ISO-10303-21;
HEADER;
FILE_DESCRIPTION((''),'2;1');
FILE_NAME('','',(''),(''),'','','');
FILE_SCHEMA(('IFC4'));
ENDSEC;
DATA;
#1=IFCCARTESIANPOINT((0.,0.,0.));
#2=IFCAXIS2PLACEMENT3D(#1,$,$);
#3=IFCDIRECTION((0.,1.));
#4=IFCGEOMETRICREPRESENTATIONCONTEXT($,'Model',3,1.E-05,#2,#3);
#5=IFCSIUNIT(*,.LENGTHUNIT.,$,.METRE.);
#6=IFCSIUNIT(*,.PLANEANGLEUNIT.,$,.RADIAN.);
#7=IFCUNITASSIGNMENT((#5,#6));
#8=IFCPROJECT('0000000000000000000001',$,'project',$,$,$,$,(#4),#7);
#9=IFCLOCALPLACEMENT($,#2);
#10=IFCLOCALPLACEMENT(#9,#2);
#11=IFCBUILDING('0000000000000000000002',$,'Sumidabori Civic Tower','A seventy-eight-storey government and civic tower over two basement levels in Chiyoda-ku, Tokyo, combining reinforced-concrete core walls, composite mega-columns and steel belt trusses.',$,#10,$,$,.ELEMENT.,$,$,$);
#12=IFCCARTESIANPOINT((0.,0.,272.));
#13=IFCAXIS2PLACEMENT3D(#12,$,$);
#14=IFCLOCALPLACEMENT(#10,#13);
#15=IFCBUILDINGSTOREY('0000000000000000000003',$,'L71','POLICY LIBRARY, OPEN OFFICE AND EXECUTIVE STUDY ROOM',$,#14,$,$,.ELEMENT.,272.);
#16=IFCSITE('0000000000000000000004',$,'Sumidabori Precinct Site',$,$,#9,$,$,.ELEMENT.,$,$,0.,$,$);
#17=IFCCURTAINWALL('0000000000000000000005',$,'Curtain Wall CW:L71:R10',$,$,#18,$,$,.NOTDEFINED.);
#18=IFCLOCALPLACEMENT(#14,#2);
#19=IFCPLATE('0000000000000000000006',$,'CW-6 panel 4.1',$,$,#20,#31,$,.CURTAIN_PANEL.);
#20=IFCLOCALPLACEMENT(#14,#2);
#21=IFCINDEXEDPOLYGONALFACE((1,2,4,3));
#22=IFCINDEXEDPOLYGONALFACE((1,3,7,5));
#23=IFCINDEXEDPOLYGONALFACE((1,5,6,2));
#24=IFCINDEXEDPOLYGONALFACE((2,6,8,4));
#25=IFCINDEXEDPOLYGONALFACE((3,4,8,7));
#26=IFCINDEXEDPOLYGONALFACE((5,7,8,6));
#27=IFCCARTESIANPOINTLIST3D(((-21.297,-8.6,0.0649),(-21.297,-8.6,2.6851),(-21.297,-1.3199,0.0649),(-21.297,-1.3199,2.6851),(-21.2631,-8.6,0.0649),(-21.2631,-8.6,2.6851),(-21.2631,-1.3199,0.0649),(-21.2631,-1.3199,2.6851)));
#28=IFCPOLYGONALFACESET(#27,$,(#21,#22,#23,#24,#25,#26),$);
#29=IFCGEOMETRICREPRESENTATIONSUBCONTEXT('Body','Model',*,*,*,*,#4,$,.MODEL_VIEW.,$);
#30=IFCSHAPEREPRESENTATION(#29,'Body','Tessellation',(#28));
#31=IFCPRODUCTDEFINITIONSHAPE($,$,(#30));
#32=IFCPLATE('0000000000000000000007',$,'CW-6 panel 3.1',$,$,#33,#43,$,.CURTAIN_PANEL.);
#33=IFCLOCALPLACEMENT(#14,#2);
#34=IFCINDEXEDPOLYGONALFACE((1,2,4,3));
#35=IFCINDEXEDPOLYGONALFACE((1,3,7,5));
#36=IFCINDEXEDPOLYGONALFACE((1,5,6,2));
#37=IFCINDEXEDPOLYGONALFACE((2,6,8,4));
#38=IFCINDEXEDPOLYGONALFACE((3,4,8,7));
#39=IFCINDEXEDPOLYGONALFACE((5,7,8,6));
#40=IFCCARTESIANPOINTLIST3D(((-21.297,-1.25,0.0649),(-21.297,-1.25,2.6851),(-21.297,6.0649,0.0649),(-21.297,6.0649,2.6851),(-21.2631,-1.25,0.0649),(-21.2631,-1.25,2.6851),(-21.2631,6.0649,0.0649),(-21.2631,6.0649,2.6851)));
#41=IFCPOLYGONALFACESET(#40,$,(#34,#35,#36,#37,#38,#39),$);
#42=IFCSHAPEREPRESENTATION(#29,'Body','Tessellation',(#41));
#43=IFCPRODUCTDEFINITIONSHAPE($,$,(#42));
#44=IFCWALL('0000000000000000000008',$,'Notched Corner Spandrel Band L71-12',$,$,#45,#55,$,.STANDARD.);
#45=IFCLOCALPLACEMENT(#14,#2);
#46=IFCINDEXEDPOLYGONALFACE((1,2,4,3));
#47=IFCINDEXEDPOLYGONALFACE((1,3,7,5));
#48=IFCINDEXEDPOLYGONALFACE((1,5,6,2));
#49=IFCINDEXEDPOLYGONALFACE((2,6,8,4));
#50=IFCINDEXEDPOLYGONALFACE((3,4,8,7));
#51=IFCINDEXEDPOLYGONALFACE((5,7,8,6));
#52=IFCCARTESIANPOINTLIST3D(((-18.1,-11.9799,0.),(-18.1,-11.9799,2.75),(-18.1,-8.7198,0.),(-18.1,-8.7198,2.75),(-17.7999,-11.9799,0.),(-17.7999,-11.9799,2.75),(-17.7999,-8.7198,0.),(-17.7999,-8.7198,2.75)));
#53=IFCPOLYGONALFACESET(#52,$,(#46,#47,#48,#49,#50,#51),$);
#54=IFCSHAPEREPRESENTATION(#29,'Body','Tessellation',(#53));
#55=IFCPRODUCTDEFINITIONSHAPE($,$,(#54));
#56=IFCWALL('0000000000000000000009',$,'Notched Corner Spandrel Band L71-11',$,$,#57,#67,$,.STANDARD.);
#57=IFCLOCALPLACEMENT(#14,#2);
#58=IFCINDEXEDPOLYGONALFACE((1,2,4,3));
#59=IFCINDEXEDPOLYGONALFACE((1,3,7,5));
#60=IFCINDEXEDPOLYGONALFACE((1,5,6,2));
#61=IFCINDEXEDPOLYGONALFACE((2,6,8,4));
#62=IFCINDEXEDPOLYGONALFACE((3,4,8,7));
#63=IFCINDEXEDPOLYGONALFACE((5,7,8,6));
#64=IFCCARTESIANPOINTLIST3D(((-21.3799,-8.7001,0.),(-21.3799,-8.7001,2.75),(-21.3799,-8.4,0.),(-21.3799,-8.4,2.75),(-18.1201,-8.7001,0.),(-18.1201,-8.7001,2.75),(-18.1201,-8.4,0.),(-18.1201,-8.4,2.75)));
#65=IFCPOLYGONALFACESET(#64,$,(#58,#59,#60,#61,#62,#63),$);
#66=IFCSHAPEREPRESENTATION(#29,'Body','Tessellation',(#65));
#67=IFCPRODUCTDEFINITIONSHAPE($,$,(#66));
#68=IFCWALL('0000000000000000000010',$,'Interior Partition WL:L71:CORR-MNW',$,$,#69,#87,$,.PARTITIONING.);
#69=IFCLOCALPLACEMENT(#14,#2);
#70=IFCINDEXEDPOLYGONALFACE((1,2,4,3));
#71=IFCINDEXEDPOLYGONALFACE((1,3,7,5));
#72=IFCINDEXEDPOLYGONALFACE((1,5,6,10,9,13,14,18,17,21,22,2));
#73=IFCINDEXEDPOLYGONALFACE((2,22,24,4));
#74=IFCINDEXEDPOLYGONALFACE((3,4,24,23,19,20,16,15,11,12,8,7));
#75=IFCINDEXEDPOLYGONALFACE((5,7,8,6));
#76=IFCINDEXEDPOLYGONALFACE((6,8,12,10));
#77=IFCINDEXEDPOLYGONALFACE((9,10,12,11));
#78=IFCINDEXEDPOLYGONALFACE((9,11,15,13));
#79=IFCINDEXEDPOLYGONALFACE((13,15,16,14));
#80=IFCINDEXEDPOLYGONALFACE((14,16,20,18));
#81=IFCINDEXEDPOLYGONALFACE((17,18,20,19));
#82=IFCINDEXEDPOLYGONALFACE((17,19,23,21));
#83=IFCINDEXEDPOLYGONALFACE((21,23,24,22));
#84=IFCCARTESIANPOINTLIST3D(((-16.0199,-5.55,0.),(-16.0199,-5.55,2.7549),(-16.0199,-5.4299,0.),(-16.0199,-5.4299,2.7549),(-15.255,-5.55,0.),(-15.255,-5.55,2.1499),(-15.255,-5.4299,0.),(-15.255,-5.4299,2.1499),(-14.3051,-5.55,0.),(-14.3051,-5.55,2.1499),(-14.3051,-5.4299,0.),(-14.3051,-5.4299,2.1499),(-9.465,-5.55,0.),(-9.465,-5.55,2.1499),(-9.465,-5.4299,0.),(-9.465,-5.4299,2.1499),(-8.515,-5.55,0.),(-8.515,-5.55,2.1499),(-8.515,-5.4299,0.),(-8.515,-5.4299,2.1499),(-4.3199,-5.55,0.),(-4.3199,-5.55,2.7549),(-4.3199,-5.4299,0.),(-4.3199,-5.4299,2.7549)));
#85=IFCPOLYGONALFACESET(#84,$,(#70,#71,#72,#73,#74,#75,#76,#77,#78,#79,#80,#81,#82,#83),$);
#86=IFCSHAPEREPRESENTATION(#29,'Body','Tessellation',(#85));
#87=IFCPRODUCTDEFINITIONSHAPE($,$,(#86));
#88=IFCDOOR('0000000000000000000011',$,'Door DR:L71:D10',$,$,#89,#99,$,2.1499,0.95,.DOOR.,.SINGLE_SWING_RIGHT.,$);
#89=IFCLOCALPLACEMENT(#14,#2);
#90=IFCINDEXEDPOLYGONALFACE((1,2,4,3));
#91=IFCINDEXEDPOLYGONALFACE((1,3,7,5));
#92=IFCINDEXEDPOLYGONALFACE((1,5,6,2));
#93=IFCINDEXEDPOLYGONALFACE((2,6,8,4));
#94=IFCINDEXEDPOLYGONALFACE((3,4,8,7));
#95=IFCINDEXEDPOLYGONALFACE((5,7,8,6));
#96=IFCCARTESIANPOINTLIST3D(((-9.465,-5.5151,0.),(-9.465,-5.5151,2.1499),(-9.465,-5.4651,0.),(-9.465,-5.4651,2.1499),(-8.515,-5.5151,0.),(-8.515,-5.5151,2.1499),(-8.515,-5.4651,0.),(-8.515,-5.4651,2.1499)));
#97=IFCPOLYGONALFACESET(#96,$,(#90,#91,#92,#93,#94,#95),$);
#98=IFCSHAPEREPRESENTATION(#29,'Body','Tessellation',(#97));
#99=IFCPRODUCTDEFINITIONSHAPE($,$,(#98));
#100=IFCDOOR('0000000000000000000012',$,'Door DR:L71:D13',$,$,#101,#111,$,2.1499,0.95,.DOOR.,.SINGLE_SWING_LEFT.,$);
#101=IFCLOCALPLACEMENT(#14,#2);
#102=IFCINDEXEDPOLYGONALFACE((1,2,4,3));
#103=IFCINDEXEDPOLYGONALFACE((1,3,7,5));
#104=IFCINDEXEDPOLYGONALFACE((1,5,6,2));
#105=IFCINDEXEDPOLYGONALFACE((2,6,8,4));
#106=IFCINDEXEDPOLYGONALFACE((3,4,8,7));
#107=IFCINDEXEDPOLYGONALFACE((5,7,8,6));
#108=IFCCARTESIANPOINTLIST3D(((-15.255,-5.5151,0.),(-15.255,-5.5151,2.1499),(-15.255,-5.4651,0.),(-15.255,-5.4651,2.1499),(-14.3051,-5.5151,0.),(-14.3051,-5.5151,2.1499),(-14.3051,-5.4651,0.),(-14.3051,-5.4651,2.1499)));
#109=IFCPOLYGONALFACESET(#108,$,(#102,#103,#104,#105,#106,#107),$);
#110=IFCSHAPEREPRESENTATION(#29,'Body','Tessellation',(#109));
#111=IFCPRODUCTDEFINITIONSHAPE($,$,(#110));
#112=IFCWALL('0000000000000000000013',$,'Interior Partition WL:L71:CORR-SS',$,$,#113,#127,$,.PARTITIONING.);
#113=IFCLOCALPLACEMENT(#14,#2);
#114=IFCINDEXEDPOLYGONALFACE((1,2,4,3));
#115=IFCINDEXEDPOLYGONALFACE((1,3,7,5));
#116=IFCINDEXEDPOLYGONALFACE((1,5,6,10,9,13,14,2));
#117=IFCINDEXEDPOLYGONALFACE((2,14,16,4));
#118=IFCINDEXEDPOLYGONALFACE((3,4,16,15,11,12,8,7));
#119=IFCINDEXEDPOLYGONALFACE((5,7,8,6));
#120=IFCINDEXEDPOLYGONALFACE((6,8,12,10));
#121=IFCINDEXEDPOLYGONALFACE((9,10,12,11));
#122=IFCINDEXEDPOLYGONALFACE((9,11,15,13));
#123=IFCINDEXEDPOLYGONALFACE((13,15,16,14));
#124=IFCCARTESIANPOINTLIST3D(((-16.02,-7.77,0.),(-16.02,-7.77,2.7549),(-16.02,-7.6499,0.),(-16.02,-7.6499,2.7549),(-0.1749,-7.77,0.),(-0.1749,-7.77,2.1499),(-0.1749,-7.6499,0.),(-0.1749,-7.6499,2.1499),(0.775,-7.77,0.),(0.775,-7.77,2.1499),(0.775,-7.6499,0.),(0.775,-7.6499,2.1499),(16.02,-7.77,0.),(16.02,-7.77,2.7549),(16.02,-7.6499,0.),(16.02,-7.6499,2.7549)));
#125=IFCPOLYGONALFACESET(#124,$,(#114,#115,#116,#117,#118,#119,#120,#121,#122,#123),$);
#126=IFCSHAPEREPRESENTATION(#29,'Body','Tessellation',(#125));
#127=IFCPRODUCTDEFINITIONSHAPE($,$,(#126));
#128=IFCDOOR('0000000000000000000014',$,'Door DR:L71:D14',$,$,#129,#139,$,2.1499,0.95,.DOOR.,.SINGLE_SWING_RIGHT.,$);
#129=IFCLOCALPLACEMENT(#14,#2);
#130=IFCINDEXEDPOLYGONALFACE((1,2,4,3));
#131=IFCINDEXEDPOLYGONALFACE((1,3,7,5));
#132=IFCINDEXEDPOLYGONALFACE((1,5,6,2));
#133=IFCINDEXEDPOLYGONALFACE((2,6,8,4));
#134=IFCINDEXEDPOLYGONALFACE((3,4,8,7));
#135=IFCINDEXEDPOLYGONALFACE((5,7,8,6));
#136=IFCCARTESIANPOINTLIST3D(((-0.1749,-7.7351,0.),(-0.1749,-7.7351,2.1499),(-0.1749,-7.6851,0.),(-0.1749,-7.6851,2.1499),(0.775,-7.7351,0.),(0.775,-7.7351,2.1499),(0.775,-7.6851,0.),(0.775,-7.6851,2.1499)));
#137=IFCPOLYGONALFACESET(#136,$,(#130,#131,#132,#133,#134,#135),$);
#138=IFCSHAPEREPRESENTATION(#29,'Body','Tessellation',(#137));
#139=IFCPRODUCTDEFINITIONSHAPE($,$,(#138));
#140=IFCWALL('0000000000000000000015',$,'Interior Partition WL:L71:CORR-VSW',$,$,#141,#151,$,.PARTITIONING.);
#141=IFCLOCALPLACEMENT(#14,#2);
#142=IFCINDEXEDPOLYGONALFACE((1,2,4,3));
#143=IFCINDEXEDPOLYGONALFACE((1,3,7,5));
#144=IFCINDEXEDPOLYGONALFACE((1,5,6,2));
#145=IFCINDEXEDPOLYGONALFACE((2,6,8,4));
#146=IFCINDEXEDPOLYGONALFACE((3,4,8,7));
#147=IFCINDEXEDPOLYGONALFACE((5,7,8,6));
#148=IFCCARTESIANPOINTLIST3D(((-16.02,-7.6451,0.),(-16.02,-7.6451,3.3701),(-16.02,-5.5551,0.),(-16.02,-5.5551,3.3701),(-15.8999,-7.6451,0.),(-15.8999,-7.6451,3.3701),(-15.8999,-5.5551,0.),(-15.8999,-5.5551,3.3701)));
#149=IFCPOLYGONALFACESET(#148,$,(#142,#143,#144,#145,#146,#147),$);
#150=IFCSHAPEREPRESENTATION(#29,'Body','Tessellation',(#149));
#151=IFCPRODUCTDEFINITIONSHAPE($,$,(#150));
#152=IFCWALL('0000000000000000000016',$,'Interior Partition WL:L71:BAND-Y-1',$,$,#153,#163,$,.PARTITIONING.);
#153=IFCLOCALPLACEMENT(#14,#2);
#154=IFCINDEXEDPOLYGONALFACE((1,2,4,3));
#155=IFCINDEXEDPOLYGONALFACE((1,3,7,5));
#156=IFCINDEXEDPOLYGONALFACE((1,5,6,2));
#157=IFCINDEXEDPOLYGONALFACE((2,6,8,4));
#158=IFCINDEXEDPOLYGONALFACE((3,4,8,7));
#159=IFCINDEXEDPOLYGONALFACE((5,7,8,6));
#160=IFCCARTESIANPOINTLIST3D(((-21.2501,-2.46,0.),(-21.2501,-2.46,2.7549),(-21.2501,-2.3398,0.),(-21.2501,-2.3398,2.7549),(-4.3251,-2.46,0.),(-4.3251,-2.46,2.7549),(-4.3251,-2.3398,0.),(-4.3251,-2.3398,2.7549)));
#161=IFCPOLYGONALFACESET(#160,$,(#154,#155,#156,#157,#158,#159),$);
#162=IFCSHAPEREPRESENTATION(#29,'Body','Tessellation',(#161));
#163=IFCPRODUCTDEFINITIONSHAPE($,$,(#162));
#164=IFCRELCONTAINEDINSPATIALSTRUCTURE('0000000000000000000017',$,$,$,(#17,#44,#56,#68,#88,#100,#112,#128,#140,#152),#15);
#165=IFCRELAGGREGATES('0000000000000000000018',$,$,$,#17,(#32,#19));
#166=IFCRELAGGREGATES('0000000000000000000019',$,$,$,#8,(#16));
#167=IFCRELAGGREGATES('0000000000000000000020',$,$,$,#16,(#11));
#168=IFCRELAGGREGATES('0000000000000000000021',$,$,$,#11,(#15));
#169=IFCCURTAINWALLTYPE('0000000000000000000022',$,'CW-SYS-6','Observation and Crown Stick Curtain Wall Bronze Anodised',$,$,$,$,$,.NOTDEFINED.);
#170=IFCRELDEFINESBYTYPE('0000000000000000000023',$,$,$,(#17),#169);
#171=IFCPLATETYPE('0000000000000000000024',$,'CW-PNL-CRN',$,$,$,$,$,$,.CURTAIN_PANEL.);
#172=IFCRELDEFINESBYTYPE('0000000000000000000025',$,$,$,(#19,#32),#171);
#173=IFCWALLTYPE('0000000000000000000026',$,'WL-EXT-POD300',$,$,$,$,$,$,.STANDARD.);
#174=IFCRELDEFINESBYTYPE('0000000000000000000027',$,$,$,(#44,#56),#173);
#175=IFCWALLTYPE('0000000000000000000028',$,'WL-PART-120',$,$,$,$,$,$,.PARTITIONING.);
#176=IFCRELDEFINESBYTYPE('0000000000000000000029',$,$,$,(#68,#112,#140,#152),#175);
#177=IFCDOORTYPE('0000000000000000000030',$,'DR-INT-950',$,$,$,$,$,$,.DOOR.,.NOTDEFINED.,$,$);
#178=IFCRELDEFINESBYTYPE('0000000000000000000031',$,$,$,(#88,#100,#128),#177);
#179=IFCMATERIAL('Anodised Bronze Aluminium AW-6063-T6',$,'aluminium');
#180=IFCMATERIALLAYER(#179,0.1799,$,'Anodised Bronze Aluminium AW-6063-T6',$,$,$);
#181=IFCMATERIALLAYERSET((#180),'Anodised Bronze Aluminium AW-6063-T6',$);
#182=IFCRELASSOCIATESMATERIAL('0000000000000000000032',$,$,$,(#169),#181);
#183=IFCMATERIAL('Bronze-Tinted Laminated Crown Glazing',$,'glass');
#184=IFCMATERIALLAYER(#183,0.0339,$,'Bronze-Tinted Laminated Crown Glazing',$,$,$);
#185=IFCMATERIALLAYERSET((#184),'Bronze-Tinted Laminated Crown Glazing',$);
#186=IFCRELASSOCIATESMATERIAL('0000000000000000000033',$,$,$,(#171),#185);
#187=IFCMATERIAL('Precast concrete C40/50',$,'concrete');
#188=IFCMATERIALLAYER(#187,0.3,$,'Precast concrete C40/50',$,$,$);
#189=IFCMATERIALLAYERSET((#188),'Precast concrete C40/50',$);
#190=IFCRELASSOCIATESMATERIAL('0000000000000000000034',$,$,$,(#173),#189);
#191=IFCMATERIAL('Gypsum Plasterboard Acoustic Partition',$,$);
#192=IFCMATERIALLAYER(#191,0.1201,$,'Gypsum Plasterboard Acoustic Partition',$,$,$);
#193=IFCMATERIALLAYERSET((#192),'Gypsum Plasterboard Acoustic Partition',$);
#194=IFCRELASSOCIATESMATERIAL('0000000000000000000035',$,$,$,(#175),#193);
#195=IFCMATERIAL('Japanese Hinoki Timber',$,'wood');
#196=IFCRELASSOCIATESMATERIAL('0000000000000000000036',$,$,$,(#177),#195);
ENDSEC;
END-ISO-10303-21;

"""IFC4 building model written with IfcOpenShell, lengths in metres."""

from ifc_helpers import new_model, si_unit, direction, frame, frame_2d, origin, origin_2d, place, context, subcontext, project, spatial, rectangle, extrude, source, transform, mapped, material, layer, layer_set, type_object, element, fill, aggregate, save


model = new_model("IFC4")

# Units and contexts
model_context = context("Model", 3, precision=1e-05, world=origin(), true_north=direction((0.0, 1.0)))
body_context = subcontext(model_context, "Body", "Model", "MODEL_VIEW")
ifc_project = project(units=[si_unit("LENGTHUNIT", "METRE"), si_unit("PLANEANGLEUNIT", "RADIAN")], contexts=[model_context])

# Site, building, storey
site_placement = place(None, origin())
site = spatial("IfcSite", under=ifc_project, at=site_placement, Name="Sumidabori Precinct Site", CompositionType="ELEMENT", RefElevation=0.0)
building_placement = place(site_placement, origin())
building = spatial("IfcBuilding", under=site, at=building_placement, Name="Sumidabori Civic Tower", Description="A seventy-eight-storey government and civic tower over two basement levels in Chiyoda-ku, Tokyo, combining reinforced-concrete core walls, composite mega-columns and steel belt trusses.", CompositionType="ELEMENT")
storey_placement = place(building_placement, frame((0.0, 0.0, 272.0)))
storey = spatial("IfcBuildingStorey", under=building, at=storey_placement, Name="L71", Description="POLICY LIBRARY, OPEN OFFICE AND EXECUTIVE STUDY ROOM", CompositionType="ELEMENT", Elevation=272.0)

# Shared definitions
ifc_material_1 = material(Name="Anodised Bronze Aluminium AW-6063-T6", Category="aluminium")
ifc_layer_1 = layer(ifc_material_1, 0.1799, Name="Anodised Bronze Aluminium AW-6063-T6")
ifc_layer_set_1 = layer_set([ifc_layer_1], Name="Anodised Bronze Aluminium AW-6063-T6")
curtain_wall_type = type_object("IfcCurtainWallType", Name="CW-SYS-6", Description="Observation and Crown Stick Curtain Wall Bronze Anodised", PredefinedType="NOTDEFINED", material=ifc_layer_set_1)

# Curtain wall
curtain_wall_1_placement = place(storey_placement, origin())
curtain_wall_1 = element("IfcCurtainWall", 1, at=curtain_wall_1_placement, inside=storey, type_object=curtain_wall_type, Name="Curtain Wall CW:L71:R10", PredefinedType="NOTDEFINED")

# Plates
ifc_material_2 = material(Name="Bronze-Tinted Laminated Crown Glazing", Category="glass")
ifc_layer_2 = layer(ifc_material_2, 0.0339, Name="Bronze-Tinted Laminated Crown Glazing")
ifc_layer_set_2 = layer_set([ifc_layer_2], Name="Bronze-Tinted Laminated Crown Glazing")
plate_type = type_object("IfcPlateType", Name="CW-PNL-CRN", PredefinedType="CURTAIN_PANEL", material=ifc_layer_set_2)
shared_shape_1 = source(origin(), body_context, "Body", "SweptSolid", [
    extrude(rectangle(XDim=7.28, YDim=0.0339, at=origin_2d()), origin(), (0.0, 0.0, 1.0), 2.6201),
])
plate_1_placement = place(storey_placement, frame((-21.28, -4.96, 0.0649), z_axis=(0.0, 0.0, 1.0), x_axis=(0.0, -1.0, 0.0)))
plate_1 = element("IfcPlate", 2, at=plate_1_placement, type_object=plate_type, Name="CW-6 panel 4.1", PredefinedType="CURTAIN_PANEL", context=body_context, shape_type="MappedRepresentation", body=[
    mapped(shared_shape_1, transform((0.0, 0.0, 0.0), x_axis=(1.0, 0.0, 0.0), y_axis=(0.0, 1.0, 0.0), z_axis=(0.0, 0.0, 1.0), scale=1.0)),
])
shared_shape_2 = source(origin(), body_context, "Body", "SweptSolid", [
    extrude(rectangle(XDim=7.3149, YDim=0.0339, at=origin_2d()), origin(), (0.0, 0.0, 1.0), 2.6201),
])
plate_2_placement = place(storey_placement, frame((-21.28, 2.4075, 0.0649), z_axis=(0.0, 0.0, 1.0), x_axis=(0.0, -1.0, 0.0)))
plate_2 = element("IfcPlate", 3, at=plate_2_placement, type_object=plate_type, Name="CW-6 panel 3.1", PredefinedType="CURTAIN_PANEL", context=body_context, shape_type="MappedRepresentation", body=[
    mapped(shared_shape_2, transform((0.0, 0.0, 0.0), x_axis=(1.0, 0.0, 0.0), y_axis=(0.0, 1.0, 0.0), z_axis=(0.0, 0.0, 1.0), scale=1.0)),
])
aggregate(curtain_wall_1, [plate_2, plate_1])

# Walls
ifc_material_3 = material(Name="Precast concrete C40/50", Category="concrete")
ifc_layer_3 = layer(ifc_material_3, 0.3, Name="Precast concrete C40/50")
ifc_layer_set_3 = layer_set([ifc_layer_3], Name="Precast concrete C40/50")
wall_type_1 = type_object("IfcWallType", Name="WL-EXT-POD300", PredefinedType="STANDARD", material=ifc_layer_set_3)
shared_shape_3 = source(origin(), body_context, "Body", "SweptSolid", [
    extrude(rectangle(XDim=3.26, YDim=0.3, at=frame_2d((1.6299, 0.0))), origin(), (0.0, 0.0, 1.0), 2.75),
])
wall_1_placement = place(storey_placement, frame((-17.95, -8.72, 0.0), z_axis=(0.0, 0.0, 1.0), x_axis=(0.0, -1.0, 0.0)))
element("IfcWall", 4, at=wall_1_placement, inside=storey, type_object=wall_type_1, Name="Notched Corner Spandrel Band L71-12", PredefinedType="STANDARD", context=body_context, shape_type="MappedRepresentation", body=[
    mapped(shared_shape_3, transform((0.0, 0.0, 0.0), x_axis=(1.0, 0.0, 0.0), y_axis=(0.0, 1.0, 0.0), z_axis=(0.0, 0.0, 1.0), scale=1.0)),
])
shared_shape_4 = source(origin(), body_context, "Body", "SweptSolid", [
    extrude(rectangle(XDim=3.2598, YDim=0.3, at=frame_2d((1.6299, 0.0))), origin(), (0.0, 0.0, 1.0), 2.75),
])
wall_2_placement = place(storey_placement, frame((-21.3799, -8.55, 0.0), z_axis=(0.0, 0.0, 1.0), x_axis=(1.0, 0.0, 0.0)))
element("IfcWall", 5, at=wall_2_placement, inside=storey, type_object=wall_type_1, Name="Notched Corner Spandrel Band L71-11", PredefinedType="STANDARD", context=body_context, shape_type="MappedRepresentation", body=[
    mapped(shared_shape_4, transform((0.0, 0.0, 0.0), x_axis=(1.0, 0.0, 0.0), y_axis=(0.0, 1.0, 0.0), z_axis=(0.0, 0.0, 1.0), scale=1.0)),
])

# Wall, openings, doors
ifc_material_4 = material(Name="Gypsum Plasterboard Acoustic Partition")
ifc_layer_4 = layer(ifc_material_4, 0.1201, Name="Gypsum Plasterboard Acoustic Partition")
ifc_layer_set_4 = layer_set([ifc_layer_4], Name="Gypsum Plasterboard Acoustic Partition")
wall_type_2 = type_object("IfcWallType", Name="WL-PART-120", PredefinedType="PARTITIONING", material=ifc_layer_set_4)
shared_shape_5 = source(origin(), body_context, "Body", "SweptSolid", [
    extrude(rectangle(XDim=11.7, YDim=0.1201, at=frame_2d((5.8501, 0.0))), origin(), (0.0, 0.0, 1.0), 2.7549),
])
wall_3_placement = place(storey_placement, frame((-16.02, -5.49, 0.0), z_axis=(0.0, 0.0, 1.0), x_axis=(1.0, 0.0, 0.0)))
wall_3 = element("IfcWall", 6, at=wall_3_placement, inside=storey, type_object=wall_type_2, Name="Interior Partition WL:L71:CORR-MNW", PredefinedType="PARTITIONING", context=body_context, shape_type="MappedRepresentation", body=[
    mapped(shared_shape_5, transform((0.0, 0.0, 0.0), x_axis=(1.0, 0.0, 0.0), y_axis=(0.0, 1.0, 0.0), z_axis=(0.0, 0.0, 1.0), scale=1.0)),
])
opening_1_placement = place(wall_3_placement, frame((6.5549, 0.0, 0.0)))
opening_1 = element("IfcOpeningElement", 7, at=opening_1_placement, cuts=wall_3, PredefinedType="OPENING", context=body_context, shape_type="SweptSolid", body=[
    extrude(rectangle(XDim=0.95, YDim=2.1499, at=frame_2d((0.4751, 1.075))), frame((0.0, 0.072, 0.0), z_axis=(0.0, -1.0, 0.0), x_axis=(1.0, 0.0, 0.0)), (0.0, 0.0, 1.0), 0.144),
])
opening_2_placement = place(wall_3_placement, frame((0.7649, 0.0, 0.0)))
opening_2 = element("IfcOpeningElement", 8, at=opening_2_placement, cuts=wall_3, PredefinedType="OPENING", context=body_context, shape_type="SweptSolid", body=[
    extrude(rectangle(XDim=0.95, YDim=2.1499, at=frame_2d((0.4751, 1.075))), frame((0.0, 0.072, 0.0), z_axis=(0.0, -1.0, 0.0), x_axis=(1.0, 0.0, 0.0)), (0.0, 0.0, 1.0), 0.144),
])
ifc_material_5 = material(Name="Japanese Hinoki Timber", Category="wood")
door_type = type_object("IfcDoorType", Name="DR-INT-950", OperationType="NOTDEFINED", PredefinedType="DOOR", material=ifc_material_5)
shared_shape_6 = source(origin(), body_context, "Body", "SweptSolid", [
    extrude(rectangle(XDim=0.95, YDim=2.1499, at=frame_2d((0.4751, 1.075))), frame((0.0, 0.0249, 0.0), z_axis=(0.0, -1.0, 0.0), x_axis=(1.0, 0.0, 0.0)), (0.0, 0.0, 1.0), 0.05),
])
door_1_placement = place(opening_1_placement, origin())
door_1 = element("IfcDoor", 9, at=door_1_placement, inside=storey, type_object=door_type, Name="Door DR:L71:D10", OperationType="SINGLE_SWING_RIGHT", OverallHeight=2.1499, OverallWidth=0.95, PredefinedType="DOOR", context=body_context, shape_type="MappedRepresentation", body=[
    mapped(shared_shape_6, transform((0.0, 0.0, 0.0), x_axis=(1.0, 0.0, 0.0), y_axis=(0.0, 1.0, 0.0), z_axis=(0.0, 0.0, 1.0), scale=1.0)),
])
fill(opening_1, door_1)
door_2_placement = place(opening_2_placement, origin())
door_2 = element("IfcDoor", 10, at=door_2_placement, inside=storey, type_object=door_type, Name="Door DR:L71:D13", OperationType="SINGLE_SWING_LEFT", OverallHeight=2.1499, OverallWidth=0.95, PredefinedType="DOOR", context=body_context, shape_type="MappedRepresentation", body=[
    mapped(shared_shape_6, transform((0.0, 0.0, 0.0), x_axis=(1.0, 0.0, 0.0), y_axis=(0.0, 1.0, 0.0), z_axis=(0.0, 0.0, 1.0), scale=1.0)),
])
fill(opening_2, door_2)

# Wall, opening, door
shared_shape_7 = source(origin(), body_context, "Body", "SweptSolid", [
    extrude(rectangle(XDim=32.04, YDim=0.1201, at=frame_2d((16.02, 0.0))), origin(), (0.0, 0.0, 1.0), 2.7549),
])
wall_4_placement = place(storey_placement, frame((-16.02, -7.71, 0.0), z_axis=(0.0, 0.0, 1.0), x_axis=(1.0, 0.0, 0.0)))
wall_4 = element("IfcWall", 11, at=wall_4_placement, inside=storey, type_object=wall_type_2, Name="Interior Partition WL:L71:CORR-SS", PredefinedType="PARTITIONING", context=body_context, shape_type="MappedRepresentation", body=[
    mapped(shared_shape_7, transform((0.0, 0.0, 0.0), x_axis=(1.0, 0.0, 0.0), y_axis=(0.0, 1.0, 0.0), z_axis=(0.0, 0.0, 1.0), scale=1.0)),
])
opening_3_placement = place(wall_4_placement, frame((15.845, 0.0, 0.0)))
opening_3 = element("IfcOpeningElement", 12, at=opening_3_placement, cuts=wall_4, PredefinedType="OPENING", context=body_context, shape_type="SweptSolid", body=[
    extrude(rectangle(XDim=0.95, YDim=2.1499, at=frame_2d((0.4751, 1.075))), frame((0.0, 0.072, 0.0), z_axis=(0.0, -1.0, 0.0), x_axis=(1.0, 0.0, 0.0)), (0.0, 0.0, 1.0), 0.144),
])
door_3_placement = place(opening_3_placement, origin())
door_3 = element("IfcDoor", 13, at=door_3_placement, inside=storey, type_object=door_type, Name="Door DR:L71:D14", OperationType="SINGLE_SWING_RIGHT", OverallHeight=2.1499, OverallWidth=0.95, PredefinedType="DOOR", context=body_context, shape_type="MappedRepresentation", body=[
    mapped(shared_shape_6, transform((0.0, 0.0, 0.0), x_axis=(1.0, 0.0, 0.0), y_axis=(0.0, 1.0, 0.0), z_axis=(0.0, 0.0, 1.0), scale=1.0)),
])
fill(opening_3, door_3)

# Walls
shared_shape_8 = source(origin(), body_context, "Body", "SweptSolid", [
    extrude(rectangle(XDim=2.0901, YDim=0.1201, at=frame_2d((1.0449, 0.0))), origin(), (0.0, 0.0, 1.0), 3.3701),
])
wall_5_placement = place(storey_placement, frame((-15.96, -7.645, 0.0), z_axis=(0.0, 0.0, 1.0), x_axis=(0.0, 1.0, 0.0)))
element("IfcWall", 14, at=wall_5_placement, inside=storey, type_object=wall_type_2, Name="Interior Partition WL:L71:CORR-VSW", PredefinedType="PARTITIONING", context=body_context, shape_type="MappedRepresentation", body=[
    mapped(shared_shape_8, transform((0.0, 0.0, 0.0), x_axis=(1.0, 0.0, 0.0), y_axis=(0.0, 1.0, 0.0), z_axis=(0.0, 0.0, 1.0), scale=1.0)),
])
shared_shape_9 = source(origin(), body_context, "Body", "SweptSolid", [
    extrude(rectangle(XDim=16.925, YDim=0.1201, at=frame_2d((8.4624, 0.0))), origin(), (0.0, 0.0, 1.0), 2.7549),
])
wall_6_placement = place(storey_placement, frame((-21.25, -2.3999, 0.0), z_axis=(0.0, 0.0, 1.0), x_axis=(1.0, 0.0, 0.0)))
element("IfcWall", 15, at=wall_6_placement, inside=storey, type_object=wall_type_2, Name="Interior Partition WL:L71:BAND-Y-1", PredefinedType="PARTITIONING", context=body_context, shape_type="MappedRepresentation", body=[
    mapped(shared_shape_9, transform((0.0, 0.0, 0.0), x_axis=(1.0, 0.0, 0.0), y_axis=(0.0, 1.0, 0.0), z_axis=(0.0, 0.0, 1.0), scale=1.0)),
])

save(model, "model.ifc")
